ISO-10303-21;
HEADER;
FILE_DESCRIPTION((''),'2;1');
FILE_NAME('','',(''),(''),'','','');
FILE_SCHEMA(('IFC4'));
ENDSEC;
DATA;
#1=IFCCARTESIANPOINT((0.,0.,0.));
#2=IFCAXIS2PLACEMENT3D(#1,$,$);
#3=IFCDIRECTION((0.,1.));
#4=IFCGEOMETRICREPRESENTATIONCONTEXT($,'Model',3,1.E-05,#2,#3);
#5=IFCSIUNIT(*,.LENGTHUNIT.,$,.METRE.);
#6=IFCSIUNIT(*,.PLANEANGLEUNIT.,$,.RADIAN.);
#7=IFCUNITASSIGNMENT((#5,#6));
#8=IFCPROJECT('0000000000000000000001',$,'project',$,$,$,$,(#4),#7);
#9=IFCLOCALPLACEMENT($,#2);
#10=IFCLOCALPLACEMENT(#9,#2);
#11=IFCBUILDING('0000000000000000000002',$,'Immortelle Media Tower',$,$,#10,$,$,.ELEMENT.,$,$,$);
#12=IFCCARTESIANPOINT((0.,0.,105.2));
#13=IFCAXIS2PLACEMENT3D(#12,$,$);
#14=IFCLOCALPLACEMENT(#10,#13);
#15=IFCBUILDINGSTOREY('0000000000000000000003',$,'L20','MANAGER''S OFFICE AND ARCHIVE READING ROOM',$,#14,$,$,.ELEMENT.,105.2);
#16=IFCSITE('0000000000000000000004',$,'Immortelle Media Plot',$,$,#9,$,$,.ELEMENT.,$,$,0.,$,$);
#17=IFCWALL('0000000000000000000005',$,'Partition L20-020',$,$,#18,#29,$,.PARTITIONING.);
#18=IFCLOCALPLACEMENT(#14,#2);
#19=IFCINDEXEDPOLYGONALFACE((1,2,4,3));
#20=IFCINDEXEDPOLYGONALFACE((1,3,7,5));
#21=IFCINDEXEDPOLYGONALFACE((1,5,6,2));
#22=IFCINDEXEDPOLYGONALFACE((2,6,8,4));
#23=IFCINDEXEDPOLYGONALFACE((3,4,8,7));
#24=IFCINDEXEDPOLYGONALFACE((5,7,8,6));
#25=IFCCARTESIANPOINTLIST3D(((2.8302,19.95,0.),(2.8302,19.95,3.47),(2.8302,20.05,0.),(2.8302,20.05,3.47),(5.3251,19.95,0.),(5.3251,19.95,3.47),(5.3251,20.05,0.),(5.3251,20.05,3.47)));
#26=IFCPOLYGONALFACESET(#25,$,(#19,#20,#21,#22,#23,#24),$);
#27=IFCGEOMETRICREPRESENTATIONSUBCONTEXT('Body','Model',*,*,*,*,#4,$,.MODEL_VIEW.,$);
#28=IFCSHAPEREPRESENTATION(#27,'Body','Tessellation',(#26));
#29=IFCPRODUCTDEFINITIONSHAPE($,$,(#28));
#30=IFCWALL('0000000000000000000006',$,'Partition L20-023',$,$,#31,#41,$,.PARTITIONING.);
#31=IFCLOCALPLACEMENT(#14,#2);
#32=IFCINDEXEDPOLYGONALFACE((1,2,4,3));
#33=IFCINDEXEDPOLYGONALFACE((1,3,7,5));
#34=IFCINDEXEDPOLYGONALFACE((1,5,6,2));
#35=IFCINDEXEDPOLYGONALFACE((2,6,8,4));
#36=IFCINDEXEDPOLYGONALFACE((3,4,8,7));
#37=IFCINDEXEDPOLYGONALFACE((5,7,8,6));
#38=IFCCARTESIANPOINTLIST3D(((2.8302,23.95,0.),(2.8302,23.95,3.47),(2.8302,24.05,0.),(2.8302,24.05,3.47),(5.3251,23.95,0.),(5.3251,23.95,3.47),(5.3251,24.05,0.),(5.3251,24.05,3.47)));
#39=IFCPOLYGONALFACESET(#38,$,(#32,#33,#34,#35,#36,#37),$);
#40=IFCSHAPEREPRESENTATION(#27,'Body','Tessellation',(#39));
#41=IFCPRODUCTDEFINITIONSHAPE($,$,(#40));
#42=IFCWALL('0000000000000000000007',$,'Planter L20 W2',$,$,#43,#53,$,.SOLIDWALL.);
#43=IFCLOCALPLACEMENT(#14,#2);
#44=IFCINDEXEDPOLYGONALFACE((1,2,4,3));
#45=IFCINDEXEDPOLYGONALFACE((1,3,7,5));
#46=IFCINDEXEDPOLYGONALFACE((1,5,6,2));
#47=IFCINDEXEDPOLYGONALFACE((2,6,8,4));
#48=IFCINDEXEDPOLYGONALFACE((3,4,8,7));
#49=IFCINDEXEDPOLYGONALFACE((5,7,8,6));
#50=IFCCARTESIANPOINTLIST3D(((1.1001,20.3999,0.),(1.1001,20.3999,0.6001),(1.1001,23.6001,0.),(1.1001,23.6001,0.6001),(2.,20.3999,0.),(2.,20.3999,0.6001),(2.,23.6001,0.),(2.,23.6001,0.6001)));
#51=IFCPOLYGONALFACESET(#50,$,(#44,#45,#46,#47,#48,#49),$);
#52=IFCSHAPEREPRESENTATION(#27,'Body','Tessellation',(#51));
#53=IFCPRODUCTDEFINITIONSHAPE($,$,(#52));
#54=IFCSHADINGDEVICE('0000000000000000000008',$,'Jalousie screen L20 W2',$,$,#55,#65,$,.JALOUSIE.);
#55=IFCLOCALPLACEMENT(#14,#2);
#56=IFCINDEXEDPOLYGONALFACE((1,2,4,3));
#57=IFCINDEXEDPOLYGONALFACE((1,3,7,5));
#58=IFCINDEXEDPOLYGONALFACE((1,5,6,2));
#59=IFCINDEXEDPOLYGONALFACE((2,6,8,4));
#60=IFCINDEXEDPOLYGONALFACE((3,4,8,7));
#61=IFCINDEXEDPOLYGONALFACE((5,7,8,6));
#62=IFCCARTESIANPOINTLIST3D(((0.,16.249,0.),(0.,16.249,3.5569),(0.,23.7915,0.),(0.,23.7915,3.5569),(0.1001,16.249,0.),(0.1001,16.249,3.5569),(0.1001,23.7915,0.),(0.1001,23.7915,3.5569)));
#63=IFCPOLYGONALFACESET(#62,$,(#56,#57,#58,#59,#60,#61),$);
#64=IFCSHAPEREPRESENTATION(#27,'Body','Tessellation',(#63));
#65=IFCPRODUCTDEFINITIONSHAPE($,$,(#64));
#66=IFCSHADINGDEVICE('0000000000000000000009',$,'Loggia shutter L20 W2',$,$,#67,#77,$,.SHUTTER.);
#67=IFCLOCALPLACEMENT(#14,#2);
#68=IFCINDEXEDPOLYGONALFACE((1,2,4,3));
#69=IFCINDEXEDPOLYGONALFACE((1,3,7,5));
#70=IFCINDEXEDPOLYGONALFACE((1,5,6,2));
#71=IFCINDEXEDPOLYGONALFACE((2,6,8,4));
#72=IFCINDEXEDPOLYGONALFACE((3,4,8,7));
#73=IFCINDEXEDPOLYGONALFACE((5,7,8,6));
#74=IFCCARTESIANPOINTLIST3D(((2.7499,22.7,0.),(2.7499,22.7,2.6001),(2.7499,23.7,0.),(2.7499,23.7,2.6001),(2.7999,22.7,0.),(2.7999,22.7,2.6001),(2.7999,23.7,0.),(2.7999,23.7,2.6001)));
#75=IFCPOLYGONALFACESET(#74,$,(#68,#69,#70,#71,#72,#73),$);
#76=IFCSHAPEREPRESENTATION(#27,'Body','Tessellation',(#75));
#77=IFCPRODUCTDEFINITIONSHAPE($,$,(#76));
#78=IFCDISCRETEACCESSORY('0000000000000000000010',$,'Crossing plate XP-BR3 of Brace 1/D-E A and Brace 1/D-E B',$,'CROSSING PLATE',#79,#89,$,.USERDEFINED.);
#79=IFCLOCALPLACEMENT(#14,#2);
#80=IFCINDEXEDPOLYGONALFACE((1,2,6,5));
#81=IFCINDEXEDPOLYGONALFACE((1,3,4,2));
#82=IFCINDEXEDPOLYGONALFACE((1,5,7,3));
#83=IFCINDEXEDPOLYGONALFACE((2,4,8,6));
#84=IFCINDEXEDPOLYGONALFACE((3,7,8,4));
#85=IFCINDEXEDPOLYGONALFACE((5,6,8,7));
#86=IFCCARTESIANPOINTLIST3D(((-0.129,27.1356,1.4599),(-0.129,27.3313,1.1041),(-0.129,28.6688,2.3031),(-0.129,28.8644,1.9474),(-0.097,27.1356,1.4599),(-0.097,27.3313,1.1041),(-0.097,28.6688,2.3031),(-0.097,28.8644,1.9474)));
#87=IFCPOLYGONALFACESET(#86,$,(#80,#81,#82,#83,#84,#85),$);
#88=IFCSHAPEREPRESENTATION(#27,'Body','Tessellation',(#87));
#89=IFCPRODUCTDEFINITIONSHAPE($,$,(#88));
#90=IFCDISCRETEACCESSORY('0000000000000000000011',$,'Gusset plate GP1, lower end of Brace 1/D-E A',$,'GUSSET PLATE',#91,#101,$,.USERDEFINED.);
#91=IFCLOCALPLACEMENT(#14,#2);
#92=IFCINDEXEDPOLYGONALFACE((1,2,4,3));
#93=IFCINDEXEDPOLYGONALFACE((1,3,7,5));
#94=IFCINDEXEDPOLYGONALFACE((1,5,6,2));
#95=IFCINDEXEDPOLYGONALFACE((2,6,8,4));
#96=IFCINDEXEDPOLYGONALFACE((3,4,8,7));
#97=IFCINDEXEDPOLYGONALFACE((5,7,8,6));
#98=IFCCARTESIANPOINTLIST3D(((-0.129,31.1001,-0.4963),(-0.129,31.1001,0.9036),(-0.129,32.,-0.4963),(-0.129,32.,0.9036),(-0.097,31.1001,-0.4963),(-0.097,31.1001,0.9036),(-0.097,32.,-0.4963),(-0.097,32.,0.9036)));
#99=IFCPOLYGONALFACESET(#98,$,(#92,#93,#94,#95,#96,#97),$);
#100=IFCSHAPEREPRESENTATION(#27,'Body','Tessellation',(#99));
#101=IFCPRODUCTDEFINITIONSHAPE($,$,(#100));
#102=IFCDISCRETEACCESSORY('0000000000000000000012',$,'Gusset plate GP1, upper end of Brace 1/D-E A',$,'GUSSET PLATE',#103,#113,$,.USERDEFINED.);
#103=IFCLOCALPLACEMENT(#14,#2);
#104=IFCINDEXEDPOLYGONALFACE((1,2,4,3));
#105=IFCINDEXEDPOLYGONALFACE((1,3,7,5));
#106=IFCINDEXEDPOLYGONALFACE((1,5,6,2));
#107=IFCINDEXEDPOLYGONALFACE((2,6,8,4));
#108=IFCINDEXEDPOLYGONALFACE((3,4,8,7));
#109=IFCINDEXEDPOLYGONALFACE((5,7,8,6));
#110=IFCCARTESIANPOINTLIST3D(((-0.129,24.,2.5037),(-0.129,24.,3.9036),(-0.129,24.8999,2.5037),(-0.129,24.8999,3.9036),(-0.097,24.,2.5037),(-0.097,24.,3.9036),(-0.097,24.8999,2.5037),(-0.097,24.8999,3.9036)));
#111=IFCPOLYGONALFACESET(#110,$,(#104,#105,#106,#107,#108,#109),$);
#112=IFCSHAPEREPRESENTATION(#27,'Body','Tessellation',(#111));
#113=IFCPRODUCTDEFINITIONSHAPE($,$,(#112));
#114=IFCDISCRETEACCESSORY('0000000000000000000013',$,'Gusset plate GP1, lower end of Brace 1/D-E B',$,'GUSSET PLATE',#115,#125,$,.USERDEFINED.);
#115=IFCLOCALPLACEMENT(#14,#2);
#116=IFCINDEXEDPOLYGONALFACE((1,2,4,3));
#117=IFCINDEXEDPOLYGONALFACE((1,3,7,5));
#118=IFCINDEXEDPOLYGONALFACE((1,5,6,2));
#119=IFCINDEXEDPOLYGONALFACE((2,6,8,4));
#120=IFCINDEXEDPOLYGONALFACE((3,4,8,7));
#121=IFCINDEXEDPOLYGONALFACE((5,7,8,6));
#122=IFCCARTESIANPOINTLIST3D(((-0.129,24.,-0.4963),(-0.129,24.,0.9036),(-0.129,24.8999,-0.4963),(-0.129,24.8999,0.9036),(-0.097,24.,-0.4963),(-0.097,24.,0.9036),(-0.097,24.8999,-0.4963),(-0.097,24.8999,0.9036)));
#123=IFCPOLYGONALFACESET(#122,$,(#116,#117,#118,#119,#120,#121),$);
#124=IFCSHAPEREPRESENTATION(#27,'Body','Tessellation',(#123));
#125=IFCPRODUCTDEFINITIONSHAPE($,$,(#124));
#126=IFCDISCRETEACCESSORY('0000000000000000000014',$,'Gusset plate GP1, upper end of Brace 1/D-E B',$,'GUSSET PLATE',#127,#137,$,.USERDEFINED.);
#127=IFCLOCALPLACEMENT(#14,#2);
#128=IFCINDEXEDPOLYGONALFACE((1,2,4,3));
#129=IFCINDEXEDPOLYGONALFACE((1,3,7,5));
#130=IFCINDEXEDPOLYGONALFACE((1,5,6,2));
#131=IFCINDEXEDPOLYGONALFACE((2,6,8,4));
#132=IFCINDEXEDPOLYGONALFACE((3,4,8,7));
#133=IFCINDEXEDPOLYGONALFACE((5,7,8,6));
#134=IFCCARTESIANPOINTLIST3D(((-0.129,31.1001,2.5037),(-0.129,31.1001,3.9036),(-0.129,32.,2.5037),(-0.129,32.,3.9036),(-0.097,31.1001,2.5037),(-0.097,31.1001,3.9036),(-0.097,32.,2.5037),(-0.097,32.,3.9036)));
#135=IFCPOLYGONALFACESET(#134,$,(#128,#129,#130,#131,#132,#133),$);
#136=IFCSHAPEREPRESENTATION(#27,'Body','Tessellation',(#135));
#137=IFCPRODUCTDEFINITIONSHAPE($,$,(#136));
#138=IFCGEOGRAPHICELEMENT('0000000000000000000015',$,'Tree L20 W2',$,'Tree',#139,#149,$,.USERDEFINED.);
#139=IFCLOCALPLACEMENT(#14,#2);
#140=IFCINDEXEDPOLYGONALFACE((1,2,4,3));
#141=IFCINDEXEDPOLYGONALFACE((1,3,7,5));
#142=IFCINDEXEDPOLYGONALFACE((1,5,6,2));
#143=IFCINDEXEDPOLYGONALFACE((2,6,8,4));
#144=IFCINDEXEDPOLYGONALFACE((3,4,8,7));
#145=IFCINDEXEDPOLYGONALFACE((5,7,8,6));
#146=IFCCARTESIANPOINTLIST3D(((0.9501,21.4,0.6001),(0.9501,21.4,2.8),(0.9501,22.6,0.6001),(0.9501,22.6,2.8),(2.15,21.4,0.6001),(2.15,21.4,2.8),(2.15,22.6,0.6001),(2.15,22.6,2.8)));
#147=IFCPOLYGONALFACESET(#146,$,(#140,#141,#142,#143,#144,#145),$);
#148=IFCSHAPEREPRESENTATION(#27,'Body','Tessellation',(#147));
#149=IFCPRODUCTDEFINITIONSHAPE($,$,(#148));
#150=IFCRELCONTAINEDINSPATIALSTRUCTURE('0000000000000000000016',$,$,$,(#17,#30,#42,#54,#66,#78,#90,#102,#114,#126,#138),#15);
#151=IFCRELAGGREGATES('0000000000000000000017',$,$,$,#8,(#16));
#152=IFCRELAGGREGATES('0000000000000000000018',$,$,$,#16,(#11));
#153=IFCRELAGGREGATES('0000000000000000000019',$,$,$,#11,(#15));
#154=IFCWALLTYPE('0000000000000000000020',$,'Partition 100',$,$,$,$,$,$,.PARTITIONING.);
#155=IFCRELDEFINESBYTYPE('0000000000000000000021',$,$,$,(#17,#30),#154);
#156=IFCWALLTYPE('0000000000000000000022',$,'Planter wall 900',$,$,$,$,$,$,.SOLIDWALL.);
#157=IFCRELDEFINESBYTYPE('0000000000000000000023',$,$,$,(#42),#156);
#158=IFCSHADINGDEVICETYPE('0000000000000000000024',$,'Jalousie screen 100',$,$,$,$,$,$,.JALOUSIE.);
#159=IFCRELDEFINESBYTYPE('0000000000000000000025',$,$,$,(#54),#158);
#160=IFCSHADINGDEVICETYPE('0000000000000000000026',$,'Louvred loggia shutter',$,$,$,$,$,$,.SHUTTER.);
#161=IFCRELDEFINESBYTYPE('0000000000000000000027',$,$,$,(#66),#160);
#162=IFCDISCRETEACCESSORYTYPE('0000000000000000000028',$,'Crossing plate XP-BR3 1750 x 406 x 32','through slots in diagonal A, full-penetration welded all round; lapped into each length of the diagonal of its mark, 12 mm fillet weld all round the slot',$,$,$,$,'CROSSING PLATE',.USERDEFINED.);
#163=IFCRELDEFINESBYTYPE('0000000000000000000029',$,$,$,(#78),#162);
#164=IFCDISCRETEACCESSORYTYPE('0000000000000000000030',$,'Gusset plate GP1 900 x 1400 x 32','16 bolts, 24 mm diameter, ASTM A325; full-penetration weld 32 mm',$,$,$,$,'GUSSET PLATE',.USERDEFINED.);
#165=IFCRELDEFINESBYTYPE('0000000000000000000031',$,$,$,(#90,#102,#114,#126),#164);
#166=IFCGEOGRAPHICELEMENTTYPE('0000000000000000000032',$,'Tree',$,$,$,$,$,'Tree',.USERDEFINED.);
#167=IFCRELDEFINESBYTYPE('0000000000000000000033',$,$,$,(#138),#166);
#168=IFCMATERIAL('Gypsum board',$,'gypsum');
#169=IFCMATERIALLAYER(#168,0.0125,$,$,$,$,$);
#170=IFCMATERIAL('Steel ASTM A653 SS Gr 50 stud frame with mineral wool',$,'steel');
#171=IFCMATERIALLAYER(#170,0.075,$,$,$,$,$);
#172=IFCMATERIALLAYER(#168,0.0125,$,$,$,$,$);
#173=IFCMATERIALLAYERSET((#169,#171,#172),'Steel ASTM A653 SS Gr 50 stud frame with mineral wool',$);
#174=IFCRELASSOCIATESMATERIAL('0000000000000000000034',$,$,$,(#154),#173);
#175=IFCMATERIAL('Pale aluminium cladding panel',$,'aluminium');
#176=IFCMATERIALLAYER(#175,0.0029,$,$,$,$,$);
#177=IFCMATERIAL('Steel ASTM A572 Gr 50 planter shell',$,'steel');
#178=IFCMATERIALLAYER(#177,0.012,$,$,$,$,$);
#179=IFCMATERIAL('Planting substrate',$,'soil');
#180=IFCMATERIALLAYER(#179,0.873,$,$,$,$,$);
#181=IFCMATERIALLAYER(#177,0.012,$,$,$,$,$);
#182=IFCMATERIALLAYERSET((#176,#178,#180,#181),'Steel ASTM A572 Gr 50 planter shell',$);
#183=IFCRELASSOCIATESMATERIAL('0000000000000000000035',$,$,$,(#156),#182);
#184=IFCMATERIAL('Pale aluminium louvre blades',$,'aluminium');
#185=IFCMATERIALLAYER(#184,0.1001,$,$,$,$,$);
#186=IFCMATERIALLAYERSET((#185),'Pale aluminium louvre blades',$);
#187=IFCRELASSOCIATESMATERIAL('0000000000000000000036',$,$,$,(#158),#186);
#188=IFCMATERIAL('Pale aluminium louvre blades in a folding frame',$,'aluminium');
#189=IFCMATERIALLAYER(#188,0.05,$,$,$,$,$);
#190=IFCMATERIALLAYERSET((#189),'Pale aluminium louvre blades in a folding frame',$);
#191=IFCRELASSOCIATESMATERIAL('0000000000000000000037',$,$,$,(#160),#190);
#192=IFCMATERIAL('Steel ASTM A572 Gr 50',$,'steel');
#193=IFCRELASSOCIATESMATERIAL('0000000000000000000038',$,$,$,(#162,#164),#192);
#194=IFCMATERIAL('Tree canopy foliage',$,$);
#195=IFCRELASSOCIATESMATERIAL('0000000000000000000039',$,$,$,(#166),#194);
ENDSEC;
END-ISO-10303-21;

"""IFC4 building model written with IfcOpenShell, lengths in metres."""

from ifc_helpers import new_model, si_unit, direction, frame, frame_2d, origin, origin_2d, place, context, subcontext, project, spatial, rectangle, extrude, material, layer, layer_set, material_profile, profile_set, type_object, element, save


model = new_model("IFC4")

# Units and contexts
model_context = context("Model", 3, precision=1e-05, world=origin(), true_north=direction((0.0, 1.0)))
body_context = subcontext(model_context, "Body", "Model", "MODEL_VIEW")
ifc_project = project(units=[si_unit("LENGTHUNIT", "METRE"), si_unit("PLANEANGLEUNIT", "RADIAN")], contexts=[model_context])

# Site, building, storey
site_placement = place(None, origin())
site = spatial("IfcSite", under=ifc_project, at=site_placement, Name="Immortelle Media Plot", CompositionType="ELEMENT", RefElevation=0.0)
building_placement = place(site_placement, origin())
building = spatial("IfcBuilding", under=site, at=building_placement, Name="Immortelle Media Tower", CompositionType="ELEMENT")
storey_placement = place(building_placement, frame((0.0, 0.0, 105.2)))
storey = spatial("IfcBuildingStorey", under=building, at=storey_placement, Name="L20", Description="MANAGER'S OFFICE AND ARCHIVE READING ROOM", CompositionType="ELEMENT", Elevation=105.2)

# Shared definitions
ifc_material_1 = material(Name="Steel ASTM A653 SS Gr 50 stud frame with mineral wool", Category="steel")

# Shared definitions
ifc_material_2 = material(Name="Pale aluminium cladding panel", Category="aluminium")

# Walls
ifc_material_3 = material(Name="Gypsum board", Category="gypsum")
ifc_layer_1 = layer(ifc_material_3, 0.0125)
ifc_layer_2 = layer(ifc_material_1, 0.075)
ifc_layer_3 = layer(ifc_material_3, 0.0125)
ifc_layer_set_1 = layer_set([ifc_layer_1, ifc_layer_2, ifc_layer_3], Name="Steel ASTM A653 SS Gr 50 stud frame with mineral wool")
wall_type_1 = type_object("IfcWallType", Name="Partition 100", PredefinedType="PARTITIONING", material=ifc_layer_set_1)
for number, where, z_axis, x_axis, name in (
    (1, (2.8301, 20.0, 0.0), (0.0, 0.0, 1.0), (1.0, 0.0, 0.0), "Partition L20-020"),
    (2, (2.8301, 24.0, 0.0), (0.0, 0.0, 1.0), (1.0, 0.0, 0.0), "Partition L20-023"),
):
    element("IfcWall", number, at=place(storey_placement, frame(where, z_axis=z_axis, x_axis=x_axis)), inside=storey, type_object=wall_type_1, Name=name, PredefinedType="PARTITIONING", context=body_context, shape_type="SweptSolid", body=[
        extrude(rectangle(XDim=2.4949, YDim=0.1001, at=frame_2d((1.2476, 0.0))), origin(), (0.0, 0.0, 1.0), 3.47),
    ])
ifc_layer_4 = layer(ifc_material_2, 0.0029)
ifc_material_4 = material(Name="Steel ASTM A572 Gr 50 planter shell", Category="steel")
ifc_layer_5 = layer(ifc_material_4, 0.012)
ifc_material_5 = material(Name="Planting substrate", Category="soil")
ifc_layer_6 = layer(ifc_material_5, 0.873)
ifc_layer_7 = layer(ifc_material_4, 0.012)
ifc_layer_set_2 = layer_set([ifc_layer_4, ifc_layer_5, ifc_layer_6, ifc_layer_7], Name="Steel ASTM A572 Gr 50 planter shell")
wall_type_2 = type_object("IfcWallType", Name="Planter wall 900", PredefinedType="SOLIDWALL", material=ifc_layer_set_2)
wall_1_placement = place(storey_placement, frame((1.55, 23.6001, 0.0), z_axis=(0.0, 0.0, 1.0), x_axis=(0.0, -1.0, 0.0)))
element("IfcWall", 3, at=wall_1_placement, inside=storey, type_object=wall_type_2, Name="Planter L20 W2", PredefinedType="SOLIDWALL", context=body_context, shape_type="SweptSolid", body=[
    extrude(rectangle(XDim=3.2002, YDim=0.8999, at=frame_2d((1.6001, 0.0))), origin(), (0.0, 0.0, 1.0), 0.6001),
])

# Shading devices
ifc_material_6 = material(Name="Pale aluminium louvre blades", Category="aluminium")
ifc_layer_8 = layer(ifc_material_6, 0.1001)
ifc_layer_set_3 = layer_set([ifc_layer_8], Name="Pale aluminium louvre blades")
shading_device_type_1 = type_object("IfcShadingDeviceType", Name="Jalousie screen 100", PredefinedType="JALOUSIE", material=ifc_layer_set_3)
shading_device_1_placement = place(storey_placement, frame((0.05, 20.0203, 0.0), z_axis=(0.0, 0.0, 1.0), x_axis=(0.0, -1.0, 0.0)))
element("IfcShadingDevice", 4, at=shading_device_1_placement, inside=storey, type_object=shading_device_type_1, Name="Jalousie screen L20 W2", PredefinedType="JALOUSIE", context=body_context, shape_type="SweptSolid", body=[
    extrude(rectangle(XDim=7.5425, YDim=0.1001, at=origin_2d()), origin(), (0.0, 0.0, 1.0), 3.5569),
])
ifc_material_7 = material(Name="Pale aluminium louvre blades in a folding frame", Category="aluminium")
ifc_layer_9 = layer(ifc_material_7, 0.05)
ifc_layer_set_4 = layer_set([ifc_layer_9], Name="Pale aluminium louvre blades in a folding frame")
shading_device_type_2 = type_object("IfcShadingDeviceType", Name="Louvred loggia shutter", PredefinedType="SHUTTER", material=ifc_layer_set_4)
shading_device_2_placement = place(storey_placement, frame((2.7749, 23.2, 0.0), z_axis=(0.0, 0.0, 1.0), x_axis=(0.0, -1.0, 0.0)))
element("IfcShadingDevice", 5, at=shading_device_2_placement, inside=storey, type_object=shading_device_type_2, Name="Loggia shutter L20 W2", PredefinedType="SHUTTER", context=body_context, shape_type="SweptSolid", body=[
    extrude(rectangle(XDim=1.0, YDim=0.05, at=origin_2d()), origin(), (0.0, 0.0, 1.0), 2.6001),
])

# Discrete accessories
ifc_material_8 = material(Name="Steel ASTM A572 Gr 50", Category="steel")
ifc_material_profile_1 = material_profile(ifc_material_8, rectangle(XDim=0.032, YDim=0.406, at=origin_2d()), Name="PL 32 x 406")
ifc_profile_set_1 = profile_set([ifc_material_profile_1], Name="Steel ASTM A572 Gr 50")
discrete_accessory_type_1 = type_object("IfcDiscreteAccessoryType", Name="Crossing plate XP-BR3 1750 x 406 x 32", Description="through slots in diagonal A, full-penetration welded all round; lapped into each length of the diagonal of its mark, 12 mm fillet weld all round the slot", ElementType="CROSSING PLATE", PredefinedType="USERDEFINED", material=ifc_profile_set_1)
discrete_accessory_placement = place(storey_placement, frame((-0.113, 28.7666, 2.1252), z_axis=(0.0, -0.876216, -0.481919), x_axis=(1.0, 0.0, 0.0)))
element("IfcDiscreteAccessory", 6, at=discrete_accessory_placement, inside=storey, type_object=discrete_accessory_type_1, Name="Crossing plate XP-BR3 of Brace 1/D-E A and Brace 1/D-E B", ObjectType="CROSSING PLATE", PredefinedType="USERDEFINED", context=body_context, shape_type="SweptSolid", body=[
    extrude(rectangle(XDim=0.032, YDim=0.406, at=origin_2d()), origin(), (0.0, 0.0, 1.0), 1.7498),
])
ifc_material_profile_2 = material_profile(ifc_material_8, rectangle(XDim=0.032, YDim=1.3999, at=origin_2d()), Name="PL 32 x 1400")
ifc_profile_set_2 = profile_set([ifc_material_profile_2], Name="Steel ASTM A572 Gr 50")
discrete_accessory_type_2 = type_object("IfcDiscreteAccessoryType", Name="Gusset plate GP1 900 x 1400 x 32", Description="16 bolts, 24 mm diameter, ASTM A325; full-penetration weld 32 mm", ElementType="GUSSET PLATE", PredefinedType="USERDEFINED", material=ifc_profile_set_2)
for number, where, z_axis, x_axis, name in (
    (7, (-0.113, 32.0, 0.2036), (0.0, -1.0, 0.0), (1.0, 0.0, 0.0), "Gusset plate GP1, lower end of Brace 1/D-E A"),
    (8, (-0.113, 24.0, 3.2036), (0.0, 1.0, 0.0), (-1.0, 0.0, 0.0), "Gusset plate GP1, upper end of Brace 1/D-E A"),
    (9, (-0.113, 24.0, 0.2036), (0.0, 1.0, 0.0), (-1.0, 0.0, 0.0), "Gusset plate GP1, lower end of Brace 1/D-E B"),
    (10, (-0.113, 32.0, 3.2036), (0.0, -1.0, 0.0), (1.0, 0.0, 0.0), "Gusset plate GP1, upper end of Brace 1/D-E B"),
):
    element("IfcDiscreteAccessory", number, at=place(storey_placement, frame(where, z_axis=z_axis, x_axis=x_axis)), inside=storey, type_object=discrete_accessory_type_2, Name=name, ObjectType="GUSSET PLATE", PredefinedType="USERDEFINED", context=body_context, shape_type="SweptSolid", body=[
        extrude(rectangle(XDim=0.032, YDim=1.3999, at=origin_2d()), origin(), (0.0, 0.0, 1.0), 0.8999),
    ])

# Geographic element
ifc_material_9 = material(Name="Tree canopy foliage")
geographic_element_type = type_object("IfcGeographicElementType", Name="Tree", ElementType="Tree", PredefinedType="USERDEFINED", material=ifc_material_9)
geographic_element_placement = place(storey_placement, frame((1.55, 22.0, 0.6001), z_axis=(0.0, 0.0, 1.0), x_axis=(1.0, 0.0, 0.0)))
element("IfcGeographicElement", 11, at=geographic_element_placement, inside=storey, type_object=geographic_element_type, Name="Tree L20 W2", ObjectType="Tree", PredefinedType="USERDEFINED", context=body_context, shape_type="SweptSolid", body=[
    extrude(rectangle(XDim=1.2, YDim=1.2, at=origin_2d()), origin(), (0.0, 0.0, 1.0), 2.2),
])

save(model, "model.ifc")
